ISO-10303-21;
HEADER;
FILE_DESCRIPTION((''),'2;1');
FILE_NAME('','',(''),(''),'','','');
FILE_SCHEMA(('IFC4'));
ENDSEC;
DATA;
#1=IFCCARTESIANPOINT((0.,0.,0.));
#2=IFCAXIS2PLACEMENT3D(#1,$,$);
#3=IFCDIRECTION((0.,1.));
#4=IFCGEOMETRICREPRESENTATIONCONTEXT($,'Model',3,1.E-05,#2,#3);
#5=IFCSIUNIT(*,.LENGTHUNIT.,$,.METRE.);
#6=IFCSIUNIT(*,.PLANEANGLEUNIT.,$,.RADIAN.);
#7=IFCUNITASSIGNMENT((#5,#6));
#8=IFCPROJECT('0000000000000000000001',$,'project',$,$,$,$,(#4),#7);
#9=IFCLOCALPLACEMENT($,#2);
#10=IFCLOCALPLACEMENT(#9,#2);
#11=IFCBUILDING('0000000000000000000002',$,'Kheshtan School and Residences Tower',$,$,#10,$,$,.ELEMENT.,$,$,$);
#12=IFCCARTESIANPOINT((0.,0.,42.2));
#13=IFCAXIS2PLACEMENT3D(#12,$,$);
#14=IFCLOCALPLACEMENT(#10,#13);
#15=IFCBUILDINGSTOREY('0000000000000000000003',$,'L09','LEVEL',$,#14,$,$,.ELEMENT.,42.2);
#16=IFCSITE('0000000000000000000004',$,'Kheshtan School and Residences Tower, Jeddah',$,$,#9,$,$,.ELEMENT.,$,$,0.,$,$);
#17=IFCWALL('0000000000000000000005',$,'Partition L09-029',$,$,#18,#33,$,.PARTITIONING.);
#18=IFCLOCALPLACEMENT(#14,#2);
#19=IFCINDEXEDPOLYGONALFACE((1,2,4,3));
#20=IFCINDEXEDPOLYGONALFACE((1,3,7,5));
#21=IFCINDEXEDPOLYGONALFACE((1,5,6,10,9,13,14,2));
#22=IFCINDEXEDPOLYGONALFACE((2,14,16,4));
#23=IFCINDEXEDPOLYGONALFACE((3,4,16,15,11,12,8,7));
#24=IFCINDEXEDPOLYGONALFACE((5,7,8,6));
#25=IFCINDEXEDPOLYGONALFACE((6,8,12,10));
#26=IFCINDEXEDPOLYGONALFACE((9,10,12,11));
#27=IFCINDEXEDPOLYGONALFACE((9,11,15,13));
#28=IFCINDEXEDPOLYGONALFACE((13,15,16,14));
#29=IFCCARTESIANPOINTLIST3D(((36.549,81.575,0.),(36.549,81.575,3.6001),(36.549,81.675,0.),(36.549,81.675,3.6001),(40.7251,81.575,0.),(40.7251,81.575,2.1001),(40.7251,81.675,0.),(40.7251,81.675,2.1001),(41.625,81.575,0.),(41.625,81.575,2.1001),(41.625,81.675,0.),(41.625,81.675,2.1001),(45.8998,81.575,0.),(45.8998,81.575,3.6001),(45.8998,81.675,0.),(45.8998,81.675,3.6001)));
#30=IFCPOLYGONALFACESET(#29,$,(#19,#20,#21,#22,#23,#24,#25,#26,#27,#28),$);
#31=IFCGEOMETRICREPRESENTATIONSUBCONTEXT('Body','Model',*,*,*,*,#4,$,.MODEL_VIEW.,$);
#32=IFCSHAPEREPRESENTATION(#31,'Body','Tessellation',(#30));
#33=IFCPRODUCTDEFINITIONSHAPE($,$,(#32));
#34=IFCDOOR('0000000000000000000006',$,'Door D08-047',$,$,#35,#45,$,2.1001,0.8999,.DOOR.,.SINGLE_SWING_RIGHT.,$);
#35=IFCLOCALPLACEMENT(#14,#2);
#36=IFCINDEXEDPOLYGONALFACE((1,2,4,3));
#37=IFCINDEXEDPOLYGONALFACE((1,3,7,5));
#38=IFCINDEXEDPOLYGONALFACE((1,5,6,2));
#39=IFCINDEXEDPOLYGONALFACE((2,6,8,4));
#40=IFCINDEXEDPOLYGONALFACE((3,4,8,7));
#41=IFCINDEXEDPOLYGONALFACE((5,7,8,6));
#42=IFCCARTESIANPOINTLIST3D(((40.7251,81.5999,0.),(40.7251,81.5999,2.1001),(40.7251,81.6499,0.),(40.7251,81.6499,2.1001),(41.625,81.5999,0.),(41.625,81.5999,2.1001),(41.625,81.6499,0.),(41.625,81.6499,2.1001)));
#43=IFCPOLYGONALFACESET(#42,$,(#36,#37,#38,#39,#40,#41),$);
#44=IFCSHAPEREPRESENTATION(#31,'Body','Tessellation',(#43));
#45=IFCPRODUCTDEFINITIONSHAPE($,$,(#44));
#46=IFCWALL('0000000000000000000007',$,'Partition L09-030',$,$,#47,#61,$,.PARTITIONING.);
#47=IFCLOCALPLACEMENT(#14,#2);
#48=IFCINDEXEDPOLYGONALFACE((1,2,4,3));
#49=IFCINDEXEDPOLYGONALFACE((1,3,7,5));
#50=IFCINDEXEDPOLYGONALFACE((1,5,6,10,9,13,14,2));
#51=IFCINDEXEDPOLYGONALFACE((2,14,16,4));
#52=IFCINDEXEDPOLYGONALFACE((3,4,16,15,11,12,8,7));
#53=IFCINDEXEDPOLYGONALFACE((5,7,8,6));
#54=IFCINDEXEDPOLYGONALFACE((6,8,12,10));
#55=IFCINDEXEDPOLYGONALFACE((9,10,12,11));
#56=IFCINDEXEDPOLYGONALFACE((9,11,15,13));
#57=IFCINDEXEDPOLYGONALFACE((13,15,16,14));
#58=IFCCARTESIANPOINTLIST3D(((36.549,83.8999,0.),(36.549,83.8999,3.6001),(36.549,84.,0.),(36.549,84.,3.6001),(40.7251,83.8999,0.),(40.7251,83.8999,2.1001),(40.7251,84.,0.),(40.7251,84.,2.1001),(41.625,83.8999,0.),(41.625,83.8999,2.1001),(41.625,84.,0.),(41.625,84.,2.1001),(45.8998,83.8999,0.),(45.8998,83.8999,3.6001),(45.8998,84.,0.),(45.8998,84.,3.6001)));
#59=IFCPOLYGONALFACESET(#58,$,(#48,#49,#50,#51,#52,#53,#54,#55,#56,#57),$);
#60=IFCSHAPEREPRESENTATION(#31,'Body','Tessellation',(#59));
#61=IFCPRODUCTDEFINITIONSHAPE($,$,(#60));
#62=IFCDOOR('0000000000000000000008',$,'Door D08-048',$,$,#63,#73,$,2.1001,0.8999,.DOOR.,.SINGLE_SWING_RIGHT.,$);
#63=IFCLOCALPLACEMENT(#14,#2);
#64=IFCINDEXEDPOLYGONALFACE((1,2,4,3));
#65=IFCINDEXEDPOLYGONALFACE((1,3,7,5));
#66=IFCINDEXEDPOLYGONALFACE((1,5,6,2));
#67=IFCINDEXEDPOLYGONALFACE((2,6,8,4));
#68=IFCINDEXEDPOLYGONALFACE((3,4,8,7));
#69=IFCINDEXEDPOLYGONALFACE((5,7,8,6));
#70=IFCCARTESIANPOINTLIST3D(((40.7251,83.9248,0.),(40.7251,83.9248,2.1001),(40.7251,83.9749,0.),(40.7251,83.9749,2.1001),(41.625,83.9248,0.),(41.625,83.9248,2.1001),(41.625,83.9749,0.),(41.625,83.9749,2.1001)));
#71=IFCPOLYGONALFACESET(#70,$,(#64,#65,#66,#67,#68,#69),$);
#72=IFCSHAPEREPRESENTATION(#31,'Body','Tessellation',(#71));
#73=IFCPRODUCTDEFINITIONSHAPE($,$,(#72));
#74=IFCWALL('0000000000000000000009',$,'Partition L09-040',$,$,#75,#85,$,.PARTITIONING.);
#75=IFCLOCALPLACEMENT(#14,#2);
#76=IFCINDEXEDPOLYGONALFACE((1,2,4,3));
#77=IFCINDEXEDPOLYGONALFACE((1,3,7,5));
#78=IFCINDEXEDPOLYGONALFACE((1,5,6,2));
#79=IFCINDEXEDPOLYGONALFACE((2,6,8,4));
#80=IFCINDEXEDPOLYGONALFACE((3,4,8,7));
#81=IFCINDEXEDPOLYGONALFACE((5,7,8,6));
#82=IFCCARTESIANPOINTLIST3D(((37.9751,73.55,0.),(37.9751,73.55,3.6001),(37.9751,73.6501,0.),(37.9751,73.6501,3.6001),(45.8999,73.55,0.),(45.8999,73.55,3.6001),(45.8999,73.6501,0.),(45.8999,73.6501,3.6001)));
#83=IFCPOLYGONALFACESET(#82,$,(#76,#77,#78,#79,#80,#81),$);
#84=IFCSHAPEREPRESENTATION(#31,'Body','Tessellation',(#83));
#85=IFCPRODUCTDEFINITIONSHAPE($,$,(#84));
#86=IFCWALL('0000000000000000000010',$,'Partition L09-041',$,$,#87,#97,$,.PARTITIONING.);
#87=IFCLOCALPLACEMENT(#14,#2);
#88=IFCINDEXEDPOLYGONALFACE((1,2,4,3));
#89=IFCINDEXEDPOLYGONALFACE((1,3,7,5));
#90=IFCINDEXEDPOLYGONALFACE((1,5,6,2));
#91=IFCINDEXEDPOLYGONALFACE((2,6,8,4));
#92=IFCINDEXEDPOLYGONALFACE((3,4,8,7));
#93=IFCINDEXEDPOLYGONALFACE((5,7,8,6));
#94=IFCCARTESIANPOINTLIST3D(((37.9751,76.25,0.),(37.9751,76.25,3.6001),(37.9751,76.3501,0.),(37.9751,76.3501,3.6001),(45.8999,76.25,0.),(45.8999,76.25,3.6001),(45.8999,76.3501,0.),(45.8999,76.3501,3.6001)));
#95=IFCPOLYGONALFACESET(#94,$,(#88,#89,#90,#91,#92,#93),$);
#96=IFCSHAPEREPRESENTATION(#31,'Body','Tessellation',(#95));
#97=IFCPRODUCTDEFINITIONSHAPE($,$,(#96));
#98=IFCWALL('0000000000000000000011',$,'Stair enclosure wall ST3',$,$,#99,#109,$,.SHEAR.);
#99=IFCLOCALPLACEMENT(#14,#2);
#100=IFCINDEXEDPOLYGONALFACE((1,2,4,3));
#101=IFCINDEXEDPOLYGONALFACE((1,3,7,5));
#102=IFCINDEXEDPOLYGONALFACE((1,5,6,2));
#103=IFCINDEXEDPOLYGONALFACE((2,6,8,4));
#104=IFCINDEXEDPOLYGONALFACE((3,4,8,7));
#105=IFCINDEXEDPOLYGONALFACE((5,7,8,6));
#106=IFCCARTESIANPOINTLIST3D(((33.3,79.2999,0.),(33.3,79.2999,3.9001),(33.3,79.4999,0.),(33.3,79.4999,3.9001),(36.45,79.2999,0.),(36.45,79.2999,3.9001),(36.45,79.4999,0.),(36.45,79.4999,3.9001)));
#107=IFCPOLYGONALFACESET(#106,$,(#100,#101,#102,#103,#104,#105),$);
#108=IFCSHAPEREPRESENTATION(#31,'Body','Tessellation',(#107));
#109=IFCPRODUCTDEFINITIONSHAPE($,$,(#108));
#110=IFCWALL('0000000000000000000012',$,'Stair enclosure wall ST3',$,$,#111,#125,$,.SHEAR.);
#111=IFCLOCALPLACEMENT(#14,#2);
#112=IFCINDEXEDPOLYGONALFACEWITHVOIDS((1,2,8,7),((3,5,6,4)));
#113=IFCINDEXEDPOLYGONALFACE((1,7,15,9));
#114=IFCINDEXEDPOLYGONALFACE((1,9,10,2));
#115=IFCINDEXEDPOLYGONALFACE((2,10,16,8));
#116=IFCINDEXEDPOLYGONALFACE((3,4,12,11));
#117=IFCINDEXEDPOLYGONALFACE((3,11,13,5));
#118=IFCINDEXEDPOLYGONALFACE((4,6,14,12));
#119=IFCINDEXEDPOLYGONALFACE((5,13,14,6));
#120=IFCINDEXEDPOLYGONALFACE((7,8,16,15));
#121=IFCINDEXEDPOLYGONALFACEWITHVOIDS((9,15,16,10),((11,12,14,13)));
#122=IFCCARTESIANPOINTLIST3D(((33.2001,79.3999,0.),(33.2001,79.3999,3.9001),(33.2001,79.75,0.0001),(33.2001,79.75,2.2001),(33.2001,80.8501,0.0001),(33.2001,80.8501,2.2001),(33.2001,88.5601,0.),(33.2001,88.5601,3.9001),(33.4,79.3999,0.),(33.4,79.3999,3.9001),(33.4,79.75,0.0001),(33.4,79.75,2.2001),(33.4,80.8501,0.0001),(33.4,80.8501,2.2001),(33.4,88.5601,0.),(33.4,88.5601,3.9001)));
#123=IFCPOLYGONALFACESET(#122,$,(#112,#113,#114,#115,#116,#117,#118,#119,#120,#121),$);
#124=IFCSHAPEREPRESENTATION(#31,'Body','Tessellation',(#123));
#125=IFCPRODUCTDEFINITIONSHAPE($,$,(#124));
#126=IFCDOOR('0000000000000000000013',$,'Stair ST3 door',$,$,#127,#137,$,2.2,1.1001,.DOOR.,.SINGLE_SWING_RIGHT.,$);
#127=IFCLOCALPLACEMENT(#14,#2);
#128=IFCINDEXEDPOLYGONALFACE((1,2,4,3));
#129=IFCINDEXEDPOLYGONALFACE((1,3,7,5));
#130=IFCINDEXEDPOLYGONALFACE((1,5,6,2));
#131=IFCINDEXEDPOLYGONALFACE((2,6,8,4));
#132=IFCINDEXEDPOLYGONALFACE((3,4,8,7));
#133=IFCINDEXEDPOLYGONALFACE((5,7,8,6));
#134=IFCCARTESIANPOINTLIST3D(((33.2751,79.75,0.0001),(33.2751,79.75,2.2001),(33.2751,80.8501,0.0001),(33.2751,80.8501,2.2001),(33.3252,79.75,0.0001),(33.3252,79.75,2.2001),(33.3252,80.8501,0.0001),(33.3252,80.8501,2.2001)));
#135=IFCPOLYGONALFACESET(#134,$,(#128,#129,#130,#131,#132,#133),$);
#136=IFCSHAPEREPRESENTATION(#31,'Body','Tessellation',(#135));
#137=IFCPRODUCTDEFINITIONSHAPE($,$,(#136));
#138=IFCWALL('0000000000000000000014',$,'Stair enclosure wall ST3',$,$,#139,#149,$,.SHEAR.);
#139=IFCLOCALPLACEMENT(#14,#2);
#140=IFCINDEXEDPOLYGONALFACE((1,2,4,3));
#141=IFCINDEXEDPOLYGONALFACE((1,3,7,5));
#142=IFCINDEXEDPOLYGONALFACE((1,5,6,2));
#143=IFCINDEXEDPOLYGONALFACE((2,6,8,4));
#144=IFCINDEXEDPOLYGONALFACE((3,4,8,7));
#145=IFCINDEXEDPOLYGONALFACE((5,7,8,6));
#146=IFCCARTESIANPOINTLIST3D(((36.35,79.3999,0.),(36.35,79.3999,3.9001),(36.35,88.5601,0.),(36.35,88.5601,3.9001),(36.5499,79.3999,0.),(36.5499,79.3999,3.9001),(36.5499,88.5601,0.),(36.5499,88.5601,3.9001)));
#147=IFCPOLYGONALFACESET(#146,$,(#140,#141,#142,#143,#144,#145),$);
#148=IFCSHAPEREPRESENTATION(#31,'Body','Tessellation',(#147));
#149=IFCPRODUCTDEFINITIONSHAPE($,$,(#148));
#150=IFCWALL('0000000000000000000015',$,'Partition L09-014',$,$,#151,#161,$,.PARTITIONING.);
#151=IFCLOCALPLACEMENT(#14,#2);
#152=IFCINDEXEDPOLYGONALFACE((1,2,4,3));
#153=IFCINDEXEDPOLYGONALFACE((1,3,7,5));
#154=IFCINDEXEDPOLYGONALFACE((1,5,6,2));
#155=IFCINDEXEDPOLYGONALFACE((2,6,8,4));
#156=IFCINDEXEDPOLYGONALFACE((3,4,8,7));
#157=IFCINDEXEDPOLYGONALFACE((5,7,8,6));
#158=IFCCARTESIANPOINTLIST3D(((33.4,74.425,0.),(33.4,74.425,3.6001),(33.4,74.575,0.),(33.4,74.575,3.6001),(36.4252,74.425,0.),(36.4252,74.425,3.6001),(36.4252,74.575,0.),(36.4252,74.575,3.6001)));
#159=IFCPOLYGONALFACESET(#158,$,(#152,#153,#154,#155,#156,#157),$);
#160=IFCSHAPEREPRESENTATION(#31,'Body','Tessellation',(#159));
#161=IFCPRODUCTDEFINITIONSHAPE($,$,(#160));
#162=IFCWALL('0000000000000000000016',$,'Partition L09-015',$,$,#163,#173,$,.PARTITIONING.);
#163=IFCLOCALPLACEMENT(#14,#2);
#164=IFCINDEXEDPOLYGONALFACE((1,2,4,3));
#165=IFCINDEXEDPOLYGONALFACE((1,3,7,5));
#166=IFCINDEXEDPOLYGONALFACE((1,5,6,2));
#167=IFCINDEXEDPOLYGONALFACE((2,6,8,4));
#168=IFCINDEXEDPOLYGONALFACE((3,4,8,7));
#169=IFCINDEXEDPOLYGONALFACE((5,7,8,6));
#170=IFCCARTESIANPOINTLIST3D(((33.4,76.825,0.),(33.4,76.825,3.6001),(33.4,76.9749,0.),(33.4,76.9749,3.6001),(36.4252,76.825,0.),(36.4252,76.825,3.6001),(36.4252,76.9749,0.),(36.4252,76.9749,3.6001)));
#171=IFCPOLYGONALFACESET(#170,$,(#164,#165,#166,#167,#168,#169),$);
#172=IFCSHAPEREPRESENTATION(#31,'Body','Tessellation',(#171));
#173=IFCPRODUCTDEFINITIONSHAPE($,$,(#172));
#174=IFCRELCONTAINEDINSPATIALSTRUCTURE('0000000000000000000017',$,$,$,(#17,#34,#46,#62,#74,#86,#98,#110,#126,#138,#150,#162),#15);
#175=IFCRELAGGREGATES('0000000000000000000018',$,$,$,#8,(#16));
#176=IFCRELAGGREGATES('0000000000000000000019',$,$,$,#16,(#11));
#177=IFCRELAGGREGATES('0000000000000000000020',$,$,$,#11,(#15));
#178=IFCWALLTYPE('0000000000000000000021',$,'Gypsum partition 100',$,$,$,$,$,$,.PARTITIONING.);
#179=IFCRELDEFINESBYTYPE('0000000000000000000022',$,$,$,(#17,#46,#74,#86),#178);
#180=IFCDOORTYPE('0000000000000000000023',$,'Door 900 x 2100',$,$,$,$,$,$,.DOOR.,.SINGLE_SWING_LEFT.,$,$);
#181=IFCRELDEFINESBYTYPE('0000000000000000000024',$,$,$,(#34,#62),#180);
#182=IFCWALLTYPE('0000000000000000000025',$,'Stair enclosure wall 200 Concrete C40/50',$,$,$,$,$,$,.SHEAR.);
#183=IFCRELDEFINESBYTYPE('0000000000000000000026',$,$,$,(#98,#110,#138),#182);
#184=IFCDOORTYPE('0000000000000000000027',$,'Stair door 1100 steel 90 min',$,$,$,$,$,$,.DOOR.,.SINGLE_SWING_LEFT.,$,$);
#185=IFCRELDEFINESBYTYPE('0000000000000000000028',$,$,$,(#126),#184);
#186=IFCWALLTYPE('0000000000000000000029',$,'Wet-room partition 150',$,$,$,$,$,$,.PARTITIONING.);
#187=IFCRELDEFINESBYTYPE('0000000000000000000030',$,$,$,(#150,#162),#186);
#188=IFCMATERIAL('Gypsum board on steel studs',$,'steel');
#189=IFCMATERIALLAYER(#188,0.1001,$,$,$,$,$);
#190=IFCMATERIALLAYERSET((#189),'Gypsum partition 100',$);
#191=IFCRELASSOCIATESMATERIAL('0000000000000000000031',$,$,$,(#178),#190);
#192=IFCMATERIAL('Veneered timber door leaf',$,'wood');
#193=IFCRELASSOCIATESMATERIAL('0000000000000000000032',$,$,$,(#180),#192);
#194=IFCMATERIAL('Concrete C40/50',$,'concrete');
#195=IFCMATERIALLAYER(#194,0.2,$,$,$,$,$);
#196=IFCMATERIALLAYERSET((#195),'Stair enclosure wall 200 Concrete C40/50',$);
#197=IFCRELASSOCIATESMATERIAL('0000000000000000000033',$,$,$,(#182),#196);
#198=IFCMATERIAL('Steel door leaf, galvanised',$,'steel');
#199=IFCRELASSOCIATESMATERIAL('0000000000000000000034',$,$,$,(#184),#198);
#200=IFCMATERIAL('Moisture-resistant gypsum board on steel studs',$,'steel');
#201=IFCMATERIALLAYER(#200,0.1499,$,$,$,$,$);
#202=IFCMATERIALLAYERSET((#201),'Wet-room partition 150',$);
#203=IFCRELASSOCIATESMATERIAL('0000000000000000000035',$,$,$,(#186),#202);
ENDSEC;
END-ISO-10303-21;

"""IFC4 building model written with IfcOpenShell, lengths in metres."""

from ifc_helpers import new_model, si_unit, direction, frame, frame_2d, origin, place, context, subcontext, project, spatial, rectangle, extrude, source, transform, mapped, material, layer, layer_set, type_object, element, fill, save


model = new_model("IFC4")

# Units and contexts
model_context = context("Model", 3, precision=1e-05, world=origin(), true_north=direction((0.0, 1.0)))
body_context = subcontext(model_context, "Body", "Model", "MODEL_VIEW")
ifc_project = project(units=[si_unit("LENGTHUNIT", "METRE"), si_unit("PLANEANGLEUNIT", "RADIAN")], contexts=[model_context])

# Site, building, storey
site_placement = place(None, origin())
site = spatial("IfcSite", under=ifc_project, at=site_placement, Name="Kheshtan School and Residences Tower, Jeddah", CompositionType="ELEMENT", RefElevation=0.0)
building_placement = place(site_placement, origin())
building = spatial("IfcBuilding", under=site, at=building_placement, Name="Kheshtan School and Residences Tower", CompositionType="ELEMENT")
storey_placement = place(building_placement, frame((0.0, 0.0, 42.2)))
storey = spatial("IfcBuildingStorey", under=building, at=storey_placement, Name="L09", Description="LEVEL", CompositionType="ELEMENT", Elevation=42.2)

# Walls, openings, doors
ifc_material_1 = material(Name="Gypsum board on steel studs", Category="steel")
ifc_layer_1 = layer(ifc_material_1, 0.1001)
ifc_layer_set_1 = layer_set([ifc_layer_1], Name="Gypsum partition 100")
wall_type_1 = type_object("IfcWallType", Name="Gypsum partition 100", PredefinedType="PARTITIONING", material=ifc_layer_set_1)
ifc_material_2 = material(Name="Veneered timber door leaf", Category="wood")
door_type_1 = type_object("IfcDoorType", Name="Door 900 x 2100", OperationType="SINGLE_SWING_LEFT", PredefinedType="DOOR", material=ifc_material_2)
shared_shape_1 = source(origin(), body_context, "Body", "SweptSolid", [
    extrude(rectangle(XDim=0.8999, YDim=2.1001, at=frame_2d((0.45, 1.05))), frame((0.0, 0.0249, 0.0), z_axis=(0.0, -1.0, 0.0), x_axis=(1.0, 0.0, 0.0)), (0.0, 0.0, 1.0), 0.05),
])
wall_1_placement = place(storey_placement, frame((36.5491, 81.625, 0.0), z_axis=(0.0, 0.0, 1.0), x_axis=(1.0, 0.0, 0.0)))
wall_1 = element("IfcWall", 1, at=wall_1_placement, inside=storey, type_object=wall_type_1, Name="Partition L09-029", PredefinedType="PARTITIONING", context=body_context, shape_type="SweptSolid", body=[
    extrude(rectangle(XDim=9.3508, YDim=0.1001, at=frame_2d((4.6753, 0.0))), origin(), (0.0, 0.0, 1.0), 3.6001),
])
opening_1_placement = place(wall_1_placement, frame((4.176, 0.0, 0.0)))
opening_1 = element("IfcOpeningElement", 2, at=opening_1_placement, cuts=wall_1, PredefinedType="OPENING", context=body_context, shape_type="SweptSolid", body=[
    extrude(rectangle(XDim=0.8999, YDim=2.1001, at=frame_2d((0.45, 1.05))), frame((0.0, 0.0601, 0.0), z_axis=(0.0, -1.0, 0.0), x_axis=(1.0, 0.0, 0.0)), (0.0, 0.0, 1.0), 0.1201),
])
door_1_placement = place(opening_1_placement, origin())
door_1 = element("IfcDoor", 3, at=door_1_placement, inside=storey, type_object=door_type_1, Name="Door D08-047", OperationType="SINGLE_SWING_RIGHT", OverallHeight=2.1001, OverallWidth=0.8999, PredefinedType="DOOR", context=body_context, shape_type="MappedRepresentation", body=[
    mapped(shared_shape_1, transform((0.0, 0.0, 0.0), x_axis=(1.0, 0.0, 0.0), y_axis=(0.0, 1.0, 0.0), z_axis=(0.0, 0.0, 1.0), scale=1.0)),
])
fill(opening_1, door_1)
wall_2_placement = place(storey_placement, frame((36.5491, 83.95, 0.0), z_axis=(0.0, 0.0, 1.0), x_axis=(1.0, 0.0, 0.0)))
wall_2 = element("IfcWall", 4, at=wall_2_placement, inside=storey, type_object=wall_type_1, Name="Partition L09-030", PredefinedType="PARTITIONING", context=body_context, shape_type="SweptSolid", body=[
    extrude(rectangle(XDim=9.3508, YDim=0.1001, at=frame_2d((4.6753, 0.0))), origin(), (0.0, 0.0, 1.0), 3.6001),
])
opening_2_placement = place(wall_2_placement, frame((4.176, 0.0, 0.0)))
opening_2 = element("IfcOpeningElement", 5, at=opening_2_placement, cuts=wall_2, PredefinedType="OPENING", context=body_context, shape_type="SweptSolid", body=[
    extrude(rectangle(XDim=0.8999, YDim=2.1001, at=frame_2d((0.45, 1.05))), frame((0.0, 0.0601, 0.0), z_axis=(0.0, -1.0, 0.0), x_axis=(1.0, 0.0, 0.0)), (0.0, 0.0, 1.0), 0.1201),
])
door_2_placement = place(opening_2_placement, origin())
door_2 = element("IfcDoor", 6, at=door_2_placement, inside=storey, type_object=door_type_1, Name="Door D08-048", OperationType="SINGLE_SWING_RIGHT", OverallHeight=2.1001, OverallWidth=0.8999, PredefinedType="DOOR", context=body_context, shape_type="MappedRepresentation", body=[
    mapped(shared_shape_1, transform((0.0, 0.0, 0.0), x_axis=(1.0, 0.0, 0.0), y_axis=(0.0, 1.0, 0.0), z_axis=(0.0, 0.0, 1.0), scale=1.0)),
])
fill(opening_2, door_2)

# Walls
for number, where, z_axis, x_axis, name in (
    (7, (37.9751, 73.6001, 0.0), (0.0, 0.0, 1.0), (1.0, 0.0, 0.0), "Partition L09-040"),
    (8, (37.9751, 76.3, 0.0), (0.0, 0.0, 1.0), (1.0, 0.0, 0.0), "Partition L09-041"),
):
    element("IfcWall", number, at=place(storey_placement, frame(where, z_axis=z_axis, x_axis=x_axis)), inside=storey, type_object=wall_type_1, Name=name, PredefinedType="PARTITIONING", context=body_context, shape_type="SweptSolid", body=[
        extrude(rectangle(XDim=7.9248, YDim=0.1001, at=frame_2d((3.9624, 0.0))), origin(), (0.0, 0.0, 1.0), 3.6001),
    ])
ifc_material_3 = material(Name="Concrete C40/50", Category="concrete")
ifc_layer_2 = layer(ifc_material_3, 0.2)
ifc_layer_set_2 = layer_set([ifc_layer_2], Name="Stair enclosure wall 200 Concrete C40/50")
wall_type_2 = type_object("IfcWallType", Name="Stair enclosure wall 200 Concrete C40/50", PredefinedType="SHEAR", material=ifc_layer_set_2)
wall_3_placement = place(storey_placement, frame((33.3, 79.3999, 0.0), z_axis=(0.0, 0.0, 1.0), x_axis=(1.0, 0.0, 0.0)))
element("IfcWall", 9, at=wall_3_placement, inside=storey, type_object=wall_type_2, Name="Stair enclosure wall ST3", PredefinedType="SHEAR", context=body_context, shape_type="SweptSolid", body=[
    extrude(rectangle(XDim=3.1499, YDim=0.2, at=frame_2d((1.575, 0.0))), origin(), (0.0, 0.0, 1.0), 3.9001),
])

# Wall, opening, door
wall_4_placement = place(storey_placement, frame((33.3, 79.3999, 0.0), z_axis=(0.0, 0.0, 1.0), x_axis=(0.0, 1.0, 0.0)))
wall_4 = element("IfcWall", 10, at=wall_4_placement, inside=storey, type_object=wall_type_2, Name="Stair enclosure wall ST3", PredefinedType="SHEAR", context=body_context, shape_type="SweptSolid", body=[
    extrude(rectangle(XDim=9.1602, YDim=0.2, at=frame_2d((4.5801, 0.0))), origin(), (0.0, 0.0, 1.0), 3.9001),
])
opening_3_placement = place(wall_4_placement, frame((0.3501, 0.0, 0.0)))
opening_3 = element("IfcOpeningElement", 11, at=opening_3_placement, cuts=wall_4, PredefinedType="OPENING", context=body_context, shape_type="SweptSolid", body=[
    extrude(rectangle(XDim=1.1001, YDim=2.2, at=frame_2d((0.55, 1.1001))), frame((0.0, 0.1099, 0.0), z_axis=(0.0, -1.0, 0.0), x_axis=(1.0, 0.0, 0.0)), (0.0, 0.0, 1.0), 0.22),
])
ifc_material_4 = material(Name="Steel door leaf, galvanised", Category="steel")
door_type_2 = type_object("IfcDoorType", Name="Stair door 1100 steel 90 min", OperationType="SINGLE_SWING_LEFT", PredefinedType="DOOR", material=ifc_material_4)
shared_shape_2 = source(origin(), body_context, "Body", "SweptSolid", [
    extrude(rectangle(XDim=1.1001, YDim=2.2, at=frame_2d((0.55, 1.1001))), frame((0.0, 0.0249, 0.0), z_axis=(0.0, -1.0, 0.0), x_axis=(1.0, 0.0, 0.0)), (0.0, 0.0, 1.0), 0.05),
])
door_3_placement = place(opening_3_placement, origin())
door_3 = element("IfcDoor", 12, at=door_3_placement, inside=storey, type_object=door_type_2, Name="Stair ST3 door", OperationType="SINGLE_SWING_RIGHT", OverallHeight=2.2, OverallWidth=1.1001, PredefinedType="DOOR", context=body_context, shape_type="MappedRepresentation", body=[
    mapped(shared_shape_2, transform((0.0, 0.0, 0.0), x_axis=(1.0, 0.0, 0.0), y_axis=(0.0, 1.0, 0.0), z_axis=(0.0, 0.0, 1.0), scale=1.0)),
])
fill(opening_3, door_3)

# Walls
wall_5_placement = place(storey_placement, frame((36.45, 79.3999, 0.0), z_axis=(0.0, 0.0, 1.0), x_axis=(0.0, 1.0, 0.0)))
element("IfcWall", 13, at=wall_5_placement, inside=storey, type_object=wall_type_2, Name="Stair enclosure wall ST3", PredefinedType="SHEAR", context=body_context, shape_type="SweptSolid", body=[
    extrude(rectangle(XDim=9.1602, YDim=0.2, at=frame_2d((4.5801, 0.0))), origin(), (0.0, 0.0, 1.0), 3.9001),
])
ifc_material_5 = material(Name="Moisture-resistant gypsum board on steel studs", Category="steel")
ifc_layer_3 = layer(ifc_material_5, 0.1499)
ifc_layer_set_3 = layer_set([ifc_layer_3], Name="Wet-room partition 150")
wall_type_3 = type_object("IfcWallType", Name="Wet-room partition 150", PredefinedType="PARTITIONING", material=ifc_layer_set_3)
for number, where, z_axis, x_axis, name in (
    (14, (33.3999, 74.5, 0.0), (0.0, 0.0, 1.0), (1.0, 0.0, 0.0), "Partition L09-014"),
    (15, (33.3999, 76.8999, 0.0), (0.0, 0.0, 1.0), (1.0, 0.0, 0.0), "Partition L09-015"),
):
    element("IfcWall", number, at=place(storey_placement, frame(where, z_axis=z_axis, x_axis=x_axis)), inside=storey, type_object=wall_type_3, Name=name, PredefinedType="PARTITIONING", context=body_context, shape_type="SweptSolid", body=[
        extrude(rectangle(XDim=3.0251, YDim=0.1499, at=frame_2d((1.5127, 0.0))), origin(), (0.0, 0.0, 1.0), 3.6001),
    ])

save(model, "model.ifc")
